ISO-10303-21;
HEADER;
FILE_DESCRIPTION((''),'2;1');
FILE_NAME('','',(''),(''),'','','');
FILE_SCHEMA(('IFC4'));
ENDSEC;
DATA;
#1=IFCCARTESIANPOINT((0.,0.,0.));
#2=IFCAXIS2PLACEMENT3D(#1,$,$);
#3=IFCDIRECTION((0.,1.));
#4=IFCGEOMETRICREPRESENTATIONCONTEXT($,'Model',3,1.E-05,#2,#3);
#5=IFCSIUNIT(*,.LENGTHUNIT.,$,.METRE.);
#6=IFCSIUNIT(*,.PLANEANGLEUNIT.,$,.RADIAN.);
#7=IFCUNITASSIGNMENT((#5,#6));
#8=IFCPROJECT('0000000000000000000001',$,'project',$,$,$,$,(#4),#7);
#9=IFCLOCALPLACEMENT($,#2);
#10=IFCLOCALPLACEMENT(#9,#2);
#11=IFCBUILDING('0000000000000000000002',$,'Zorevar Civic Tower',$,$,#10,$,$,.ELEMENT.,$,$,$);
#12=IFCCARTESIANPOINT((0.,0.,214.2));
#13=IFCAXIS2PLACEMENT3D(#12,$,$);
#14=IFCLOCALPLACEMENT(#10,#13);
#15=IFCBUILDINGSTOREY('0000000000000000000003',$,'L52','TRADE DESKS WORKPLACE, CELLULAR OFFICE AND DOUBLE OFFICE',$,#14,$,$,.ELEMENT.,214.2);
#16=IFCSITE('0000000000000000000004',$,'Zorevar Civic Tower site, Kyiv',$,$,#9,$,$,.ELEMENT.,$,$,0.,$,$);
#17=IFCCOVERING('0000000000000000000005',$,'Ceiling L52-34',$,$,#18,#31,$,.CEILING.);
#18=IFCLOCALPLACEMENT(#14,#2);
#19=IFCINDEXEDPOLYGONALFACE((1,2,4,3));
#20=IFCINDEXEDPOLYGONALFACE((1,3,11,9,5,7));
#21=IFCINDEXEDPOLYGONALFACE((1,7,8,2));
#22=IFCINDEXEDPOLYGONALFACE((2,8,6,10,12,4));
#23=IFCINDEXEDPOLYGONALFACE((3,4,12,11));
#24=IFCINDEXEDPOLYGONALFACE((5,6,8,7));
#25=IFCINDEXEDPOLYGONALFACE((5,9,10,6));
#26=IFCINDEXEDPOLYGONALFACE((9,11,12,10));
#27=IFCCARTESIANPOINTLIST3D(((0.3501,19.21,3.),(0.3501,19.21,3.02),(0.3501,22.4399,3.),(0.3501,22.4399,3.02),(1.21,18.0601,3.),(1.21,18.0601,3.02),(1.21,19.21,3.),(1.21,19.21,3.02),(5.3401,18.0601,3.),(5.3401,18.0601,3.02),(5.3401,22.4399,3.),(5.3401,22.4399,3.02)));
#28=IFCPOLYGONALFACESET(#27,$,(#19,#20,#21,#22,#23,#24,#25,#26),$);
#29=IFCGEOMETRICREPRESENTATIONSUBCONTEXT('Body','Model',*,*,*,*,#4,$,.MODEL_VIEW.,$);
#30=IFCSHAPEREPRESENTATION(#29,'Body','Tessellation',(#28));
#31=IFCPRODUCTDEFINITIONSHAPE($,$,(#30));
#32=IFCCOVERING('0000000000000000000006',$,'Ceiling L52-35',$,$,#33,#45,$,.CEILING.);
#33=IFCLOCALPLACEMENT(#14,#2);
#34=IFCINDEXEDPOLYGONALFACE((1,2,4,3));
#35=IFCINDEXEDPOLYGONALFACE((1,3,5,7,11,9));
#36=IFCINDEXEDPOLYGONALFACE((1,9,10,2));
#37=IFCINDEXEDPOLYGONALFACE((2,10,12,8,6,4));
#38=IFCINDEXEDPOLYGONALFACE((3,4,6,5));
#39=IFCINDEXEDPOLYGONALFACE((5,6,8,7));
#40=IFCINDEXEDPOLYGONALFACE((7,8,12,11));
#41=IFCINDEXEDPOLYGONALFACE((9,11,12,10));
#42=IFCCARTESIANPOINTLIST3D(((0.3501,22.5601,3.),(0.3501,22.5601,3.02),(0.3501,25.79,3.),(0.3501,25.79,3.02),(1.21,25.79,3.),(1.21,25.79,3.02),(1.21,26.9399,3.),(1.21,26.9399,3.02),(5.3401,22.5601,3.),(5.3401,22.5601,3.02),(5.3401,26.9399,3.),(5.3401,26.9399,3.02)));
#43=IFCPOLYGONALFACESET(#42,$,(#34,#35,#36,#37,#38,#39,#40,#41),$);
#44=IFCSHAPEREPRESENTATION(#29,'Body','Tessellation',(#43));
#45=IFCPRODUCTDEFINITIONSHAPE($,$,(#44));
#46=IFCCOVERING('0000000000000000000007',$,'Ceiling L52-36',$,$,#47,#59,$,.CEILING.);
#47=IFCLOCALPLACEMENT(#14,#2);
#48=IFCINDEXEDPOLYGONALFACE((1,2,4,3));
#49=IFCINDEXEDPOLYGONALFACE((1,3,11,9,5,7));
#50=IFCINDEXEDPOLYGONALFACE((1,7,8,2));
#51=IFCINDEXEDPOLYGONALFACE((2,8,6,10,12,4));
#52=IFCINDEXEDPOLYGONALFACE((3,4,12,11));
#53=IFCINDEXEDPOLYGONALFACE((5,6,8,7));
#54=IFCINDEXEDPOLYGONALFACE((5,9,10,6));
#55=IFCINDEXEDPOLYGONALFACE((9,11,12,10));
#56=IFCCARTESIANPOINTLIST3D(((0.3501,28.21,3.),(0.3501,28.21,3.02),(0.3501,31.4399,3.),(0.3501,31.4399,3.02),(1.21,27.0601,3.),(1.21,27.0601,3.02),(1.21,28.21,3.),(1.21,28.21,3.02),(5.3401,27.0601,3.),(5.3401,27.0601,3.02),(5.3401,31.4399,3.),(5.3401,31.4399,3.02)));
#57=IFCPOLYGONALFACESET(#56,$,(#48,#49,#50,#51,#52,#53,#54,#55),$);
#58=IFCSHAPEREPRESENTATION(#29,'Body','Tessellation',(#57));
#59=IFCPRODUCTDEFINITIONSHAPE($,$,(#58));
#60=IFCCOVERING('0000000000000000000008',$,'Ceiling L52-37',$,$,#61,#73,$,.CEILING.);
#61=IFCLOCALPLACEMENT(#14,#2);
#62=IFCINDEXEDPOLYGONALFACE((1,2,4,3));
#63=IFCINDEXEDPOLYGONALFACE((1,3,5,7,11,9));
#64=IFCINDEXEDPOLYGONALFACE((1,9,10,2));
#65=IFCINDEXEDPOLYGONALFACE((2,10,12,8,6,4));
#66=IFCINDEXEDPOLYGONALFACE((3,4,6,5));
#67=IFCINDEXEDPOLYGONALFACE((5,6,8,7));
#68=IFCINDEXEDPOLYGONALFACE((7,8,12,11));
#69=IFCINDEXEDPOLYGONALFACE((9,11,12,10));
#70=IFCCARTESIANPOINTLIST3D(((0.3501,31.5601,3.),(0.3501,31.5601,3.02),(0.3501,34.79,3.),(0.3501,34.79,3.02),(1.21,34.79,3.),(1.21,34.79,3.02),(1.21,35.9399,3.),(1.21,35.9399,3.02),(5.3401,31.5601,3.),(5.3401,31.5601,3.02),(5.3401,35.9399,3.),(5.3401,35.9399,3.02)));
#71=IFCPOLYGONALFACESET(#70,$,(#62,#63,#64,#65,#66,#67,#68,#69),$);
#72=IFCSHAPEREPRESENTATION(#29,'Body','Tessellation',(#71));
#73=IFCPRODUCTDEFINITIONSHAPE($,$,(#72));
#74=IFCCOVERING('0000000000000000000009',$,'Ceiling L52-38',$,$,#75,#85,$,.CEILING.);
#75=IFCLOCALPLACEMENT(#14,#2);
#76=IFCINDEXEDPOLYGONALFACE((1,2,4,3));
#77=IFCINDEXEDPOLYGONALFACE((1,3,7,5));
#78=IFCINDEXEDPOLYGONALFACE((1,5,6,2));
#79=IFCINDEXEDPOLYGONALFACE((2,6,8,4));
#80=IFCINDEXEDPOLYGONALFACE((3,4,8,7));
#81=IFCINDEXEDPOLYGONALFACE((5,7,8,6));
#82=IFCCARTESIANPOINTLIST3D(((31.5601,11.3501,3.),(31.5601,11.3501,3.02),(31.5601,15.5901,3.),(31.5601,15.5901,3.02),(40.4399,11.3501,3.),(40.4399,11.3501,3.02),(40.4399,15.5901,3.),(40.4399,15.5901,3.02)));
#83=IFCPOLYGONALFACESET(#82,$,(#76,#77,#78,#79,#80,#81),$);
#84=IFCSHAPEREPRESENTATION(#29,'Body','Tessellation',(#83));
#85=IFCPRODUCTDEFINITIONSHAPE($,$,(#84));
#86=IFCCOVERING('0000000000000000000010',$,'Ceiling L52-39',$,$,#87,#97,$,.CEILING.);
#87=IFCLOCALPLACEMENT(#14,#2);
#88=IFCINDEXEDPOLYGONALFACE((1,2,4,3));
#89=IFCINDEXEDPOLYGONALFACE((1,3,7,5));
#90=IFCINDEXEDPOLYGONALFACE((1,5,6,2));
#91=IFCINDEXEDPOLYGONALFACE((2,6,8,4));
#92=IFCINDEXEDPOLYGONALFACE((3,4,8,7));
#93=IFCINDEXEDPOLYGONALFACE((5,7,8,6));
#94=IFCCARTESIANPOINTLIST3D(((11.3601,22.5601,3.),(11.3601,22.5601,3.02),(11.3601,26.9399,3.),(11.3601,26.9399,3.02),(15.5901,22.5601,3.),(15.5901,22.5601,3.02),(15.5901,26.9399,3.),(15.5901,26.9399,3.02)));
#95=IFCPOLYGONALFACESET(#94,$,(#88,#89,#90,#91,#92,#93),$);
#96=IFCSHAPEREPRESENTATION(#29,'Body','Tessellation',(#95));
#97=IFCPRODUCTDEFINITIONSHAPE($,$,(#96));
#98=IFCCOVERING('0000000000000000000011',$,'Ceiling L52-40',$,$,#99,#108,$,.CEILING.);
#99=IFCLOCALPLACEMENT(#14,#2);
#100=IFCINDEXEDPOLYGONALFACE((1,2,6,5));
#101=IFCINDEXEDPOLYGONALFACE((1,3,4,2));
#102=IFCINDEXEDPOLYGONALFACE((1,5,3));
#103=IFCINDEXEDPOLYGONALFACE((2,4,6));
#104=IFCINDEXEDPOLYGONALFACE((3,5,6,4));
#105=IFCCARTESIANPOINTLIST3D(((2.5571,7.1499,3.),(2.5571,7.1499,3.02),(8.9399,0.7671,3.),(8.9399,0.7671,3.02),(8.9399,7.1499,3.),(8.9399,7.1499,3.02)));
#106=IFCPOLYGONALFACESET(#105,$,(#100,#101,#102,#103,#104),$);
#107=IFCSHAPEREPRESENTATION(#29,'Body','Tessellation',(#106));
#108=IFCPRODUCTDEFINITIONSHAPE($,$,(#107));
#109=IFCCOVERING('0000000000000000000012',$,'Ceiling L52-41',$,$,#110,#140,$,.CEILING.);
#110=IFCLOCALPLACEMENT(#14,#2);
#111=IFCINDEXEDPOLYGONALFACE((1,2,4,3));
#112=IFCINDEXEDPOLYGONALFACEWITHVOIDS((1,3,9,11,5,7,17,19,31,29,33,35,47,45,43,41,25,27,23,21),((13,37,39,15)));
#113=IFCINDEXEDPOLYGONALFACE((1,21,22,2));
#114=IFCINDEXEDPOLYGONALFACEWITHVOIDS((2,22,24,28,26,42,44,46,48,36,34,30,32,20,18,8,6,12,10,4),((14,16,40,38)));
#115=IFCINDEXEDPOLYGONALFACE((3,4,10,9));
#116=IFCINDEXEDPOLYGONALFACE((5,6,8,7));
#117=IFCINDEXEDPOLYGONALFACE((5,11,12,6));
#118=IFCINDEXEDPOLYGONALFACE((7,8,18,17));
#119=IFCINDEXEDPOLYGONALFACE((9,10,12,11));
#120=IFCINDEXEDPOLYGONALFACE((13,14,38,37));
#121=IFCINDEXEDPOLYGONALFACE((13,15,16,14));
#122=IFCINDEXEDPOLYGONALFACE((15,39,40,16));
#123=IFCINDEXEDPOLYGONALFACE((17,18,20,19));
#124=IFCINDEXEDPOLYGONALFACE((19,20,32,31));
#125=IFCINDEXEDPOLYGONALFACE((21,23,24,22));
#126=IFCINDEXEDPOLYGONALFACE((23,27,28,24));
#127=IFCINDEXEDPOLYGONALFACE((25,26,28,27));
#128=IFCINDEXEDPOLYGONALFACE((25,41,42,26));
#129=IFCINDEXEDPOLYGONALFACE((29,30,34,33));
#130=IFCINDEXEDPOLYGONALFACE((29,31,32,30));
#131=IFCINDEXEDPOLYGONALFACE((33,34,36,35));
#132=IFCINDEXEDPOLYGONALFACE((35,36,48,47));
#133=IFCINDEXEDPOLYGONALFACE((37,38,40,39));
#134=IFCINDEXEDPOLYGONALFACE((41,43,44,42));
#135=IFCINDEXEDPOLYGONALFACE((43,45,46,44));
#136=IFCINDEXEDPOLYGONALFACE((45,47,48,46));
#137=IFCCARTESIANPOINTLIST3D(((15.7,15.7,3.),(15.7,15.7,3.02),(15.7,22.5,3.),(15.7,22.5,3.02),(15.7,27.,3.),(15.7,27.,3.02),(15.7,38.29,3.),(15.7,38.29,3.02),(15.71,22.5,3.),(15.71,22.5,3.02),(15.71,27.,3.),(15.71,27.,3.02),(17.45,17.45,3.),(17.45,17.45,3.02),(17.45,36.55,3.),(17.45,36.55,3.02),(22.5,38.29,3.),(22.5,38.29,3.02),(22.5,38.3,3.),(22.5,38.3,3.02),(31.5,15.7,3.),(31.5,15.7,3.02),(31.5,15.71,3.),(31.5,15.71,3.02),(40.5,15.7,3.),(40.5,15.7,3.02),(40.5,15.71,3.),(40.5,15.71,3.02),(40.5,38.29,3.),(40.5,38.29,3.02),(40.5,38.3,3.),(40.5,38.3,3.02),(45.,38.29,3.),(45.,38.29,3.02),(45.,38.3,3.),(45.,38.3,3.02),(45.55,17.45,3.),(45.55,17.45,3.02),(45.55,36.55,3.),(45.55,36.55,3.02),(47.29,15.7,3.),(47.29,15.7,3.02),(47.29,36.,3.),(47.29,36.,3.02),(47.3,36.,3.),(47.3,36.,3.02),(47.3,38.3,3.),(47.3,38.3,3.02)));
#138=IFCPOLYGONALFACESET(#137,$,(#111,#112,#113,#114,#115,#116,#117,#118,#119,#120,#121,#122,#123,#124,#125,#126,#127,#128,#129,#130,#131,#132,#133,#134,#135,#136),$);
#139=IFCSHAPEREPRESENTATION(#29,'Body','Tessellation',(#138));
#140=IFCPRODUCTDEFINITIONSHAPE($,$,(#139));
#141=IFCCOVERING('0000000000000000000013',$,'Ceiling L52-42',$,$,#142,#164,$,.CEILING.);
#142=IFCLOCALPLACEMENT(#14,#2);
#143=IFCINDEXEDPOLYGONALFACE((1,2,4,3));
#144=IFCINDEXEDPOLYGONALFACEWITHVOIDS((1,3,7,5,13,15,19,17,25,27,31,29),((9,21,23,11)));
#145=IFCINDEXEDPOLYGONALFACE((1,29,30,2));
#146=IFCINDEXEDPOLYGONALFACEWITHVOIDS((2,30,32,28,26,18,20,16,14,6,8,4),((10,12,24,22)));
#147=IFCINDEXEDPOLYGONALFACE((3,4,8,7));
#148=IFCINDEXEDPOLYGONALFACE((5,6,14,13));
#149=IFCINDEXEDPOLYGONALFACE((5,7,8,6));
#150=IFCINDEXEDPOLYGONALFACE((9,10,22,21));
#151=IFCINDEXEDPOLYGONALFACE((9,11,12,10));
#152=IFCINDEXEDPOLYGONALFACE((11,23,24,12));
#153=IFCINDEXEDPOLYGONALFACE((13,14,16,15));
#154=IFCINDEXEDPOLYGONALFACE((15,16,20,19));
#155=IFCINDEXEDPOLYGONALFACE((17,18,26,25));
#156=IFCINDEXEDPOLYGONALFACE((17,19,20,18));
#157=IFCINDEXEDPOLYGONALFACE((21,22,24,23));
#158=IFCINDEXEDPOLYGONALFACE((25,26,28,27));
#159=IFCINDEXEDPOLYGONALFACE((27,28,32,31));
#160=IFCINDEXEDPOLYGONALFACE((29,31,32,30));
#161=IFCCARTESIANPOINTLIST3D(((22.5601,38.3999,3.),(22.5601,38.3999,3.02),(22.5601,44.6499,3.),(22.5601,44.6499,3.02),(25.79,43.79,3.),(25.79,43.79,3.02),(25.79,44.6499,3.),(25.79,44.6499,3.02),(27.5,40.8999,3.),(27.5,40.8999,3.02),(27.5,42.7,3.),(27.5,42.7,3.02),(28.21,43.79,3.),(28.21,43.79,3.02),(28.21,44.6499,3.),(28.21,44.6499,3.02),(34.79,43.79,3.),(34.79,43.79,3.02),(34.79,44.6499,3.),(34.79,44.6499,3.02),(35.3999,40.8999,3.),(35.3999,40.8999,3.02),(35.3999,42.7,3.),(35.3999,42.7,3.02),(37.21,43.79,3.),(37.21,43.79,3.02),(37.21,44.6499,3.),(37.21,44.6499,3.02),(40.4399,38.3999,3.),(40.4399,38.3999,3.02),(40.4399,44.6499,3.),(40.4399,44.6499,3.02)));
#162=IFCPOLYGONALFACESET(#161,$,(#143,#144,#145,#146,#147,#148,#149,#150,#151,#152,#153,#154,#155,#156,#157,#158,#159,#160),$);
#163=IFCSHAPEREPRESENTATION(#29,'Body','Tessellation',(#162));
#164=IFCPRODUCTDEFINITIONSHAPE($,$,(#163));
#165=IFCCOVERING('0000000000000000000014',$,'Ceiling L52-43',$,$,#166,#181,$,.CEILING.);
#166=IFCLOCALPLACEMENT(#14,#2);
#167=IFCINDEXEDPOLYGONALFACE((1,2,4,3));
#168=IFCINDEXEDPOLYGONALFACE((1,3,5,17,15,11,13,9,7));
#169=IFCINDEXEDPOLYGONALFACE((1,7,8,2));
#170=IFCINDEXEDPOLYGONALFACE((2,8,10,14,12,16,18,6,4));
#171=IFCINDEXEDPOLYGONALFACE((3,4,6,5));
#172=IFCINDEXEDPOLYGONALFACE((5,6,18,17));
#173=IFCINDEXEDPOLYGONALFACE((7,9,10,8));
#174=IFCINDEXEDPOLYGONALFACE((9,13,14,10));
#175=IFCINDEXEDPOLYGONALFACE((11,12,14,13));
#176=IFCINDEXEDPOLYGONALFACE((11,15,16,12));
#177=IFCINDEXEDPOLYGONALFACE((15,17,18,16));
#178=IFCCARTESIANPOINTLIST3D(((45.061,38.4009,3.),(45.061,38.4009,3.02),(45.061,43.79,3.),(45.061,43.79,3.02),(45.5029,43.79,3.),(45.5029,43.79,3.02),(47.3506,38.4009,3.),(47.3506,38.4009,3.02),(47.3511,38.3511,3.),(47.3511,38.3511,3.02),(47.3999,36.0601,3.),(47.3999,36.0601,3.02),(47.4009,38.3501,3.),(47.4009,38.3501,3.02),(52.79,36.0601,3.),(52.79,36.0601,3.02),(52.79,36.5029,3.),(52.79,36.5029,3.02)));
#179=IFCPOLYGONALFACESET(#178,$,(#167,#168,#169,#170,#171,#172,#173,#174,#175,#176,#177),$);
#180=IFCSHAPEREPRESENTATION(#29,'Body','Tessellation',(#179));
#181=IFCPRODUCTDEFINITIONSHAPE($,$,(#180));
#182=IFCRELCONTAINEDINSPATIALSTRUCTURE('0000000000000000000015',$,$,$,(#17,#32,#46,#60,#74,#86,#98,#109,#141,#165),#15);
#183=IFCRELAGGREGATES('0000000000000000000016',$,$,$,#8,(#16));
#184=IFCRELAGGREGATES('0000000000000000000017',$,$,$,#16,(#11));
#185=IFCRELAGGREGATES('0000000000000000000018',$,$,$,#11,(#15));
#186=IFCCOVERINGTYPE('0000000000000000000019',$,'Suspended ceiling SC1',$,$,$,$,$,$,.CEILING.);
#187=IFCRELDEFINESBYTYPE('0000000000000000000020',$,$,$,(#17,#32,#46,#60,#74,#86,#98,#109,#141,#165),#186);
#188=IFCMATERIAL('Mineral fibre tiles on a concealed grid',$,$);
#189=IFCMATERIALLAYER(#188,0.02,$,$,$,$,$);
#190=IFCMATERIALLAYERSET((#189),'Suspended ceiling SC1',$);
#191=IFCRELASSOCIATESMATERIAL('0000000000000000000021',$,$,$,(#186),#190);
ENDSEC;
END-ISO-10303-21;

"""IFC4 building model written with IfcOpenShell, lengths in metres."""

from ifc_helpers import new_model, si_unit, direction, frame, origin, place, context, subcontext, project, spatial, polyline, outline, extrude, material, layer, layer_set, type_object, element, save


model = new_model("IFC4")

# Units and contexts
model_context = context("Model", 3, precision=1e-05, world=origin(), true_north=direction((0.0, 1.0)))
body_context = subcontext(model_context, "Body", "Model", "MODEL_VIEW")
ifc_project = project(units=[si_unit("LENGTHUNIT", "METRE"), si_unit("PLANEANGLEUNIT", "RADIAN")], contexts=[model_context])

# Site, building, storey
site_placement = place(None, origin())
site = spatial("IfcSite", under=ifc_project, at=site_placement, Name="Zorevar Civic Tower site, Kyiv", CompositionType="ELEMENT", RefElevation=0.0)
building_placement = place(site_placement, origin())
building = spatial("IfcBuilding", under=site, at=building_placement, Name="Zorevar Civic Tower", CompositionType="ELEMENT")
storey_placement = place(building_placement, frame((0.0, 0.0, 214.2)))
storey = spatial("IfcBuildingStorey", under=building, at=storey_placement, Name="L52", Description="TRADE DESKS WORKPLACE, CELLULAR OFFICE AND DOUBLE OFFICE", CompositionType="ELEMENT", Elevation=214.2)

# Coverings
ifc_material_1 = material(Name="Mineral fibre tiles on a concealed grid")
ifc_layer_1 = layer(ifc_material_1, 0.02)
ifc_layer_set_1 = layer_set([ifc_layer_1], Name="Suspended ceiling SC1")
covering_type_1 = type_object("IfcCoveringType", Name="Suspended ceiling SC1", PredefinedType="CEILING", material=ifc_layer_set_1)
covering_1_placement = place(storey_placement, frame((0.0, 0.0, 3.0)))
element("IfcCovering", 1, at=covering_1_placement, inside=storey, type_object=covering_type_1, Name="Ceiling L52-34", PredefinedType="CEILING", context=body_context, shape_type="SweptSolid", body=[
    extrude(outline(polyline([(5.3401, 18.0601), (1.21, 18.0601), (1.21, 19.21), (0.3501, 19.21), (0.3501, 22.4399), (5.3401, 22.4399), (5.3401, 18.0601)])), origin(), (0.0, 0.0, 1.0), 0.02),
])
covering_2_placement = place(storey_placement, frame((0.0, 0.0, 3.0)))
element("IfcCovering", 2, at=covering_2_placement, inside=storey, type_object=covering_type_1, Name="Ceiling L52-35", PredefinedType="CEILING", context=body_context, shape_type="SweptSolid", body=[
    extrude(outline(polyline([(5.3401, 22.5601), (0.3501, 22.5601), (0.3501, 25.79), (1.21, 25.79), (1.21, 26.9399), (5.3401, 26.9399), (5.3401, 22.5601)])), origin(), (0.0, 0.0, 1.0), 0.02),
])
covering_3_placement = place(storey_placement, frame((0.0, 0.0, 3.0)))
element("IfcCovering", 3, at=covering_3_placement, inside=storey, type_object=covering_type_1, Name="Ceiling L52-36", PredefinedType="CEILING", context=body_context, shape_type="SweptSolid", body=[
    extrude(outline(polyline([(5.3401, 27.0601), (1.21, 27.0601), (1.21, 28.21), (0.3501, 28.21), (0.3501, 31.4399), (5.3401, 31.4399), (5.3401, 27.0601)])), origin(), (0.0, 0.0, 1.0), 0.02),
])
covering_4_placement = place(storey_placement, frame((0.0, 0.0, 3.0)))
element("IfcCovering", 4, at=covering_4_placement, inside=storey, type_object=covering_type_1, Name="Ceiling L52-37", PredefinedType="CEILING", context=body_context, shape_type="SweptSolid", body=[
    extrude(outline(polyline([(5.3401, 31.5601), (0.3501, 31.5601), (0.3501, 34.79), (1.21, 34.79), (1.21, 35.9399), (5.3401, 35.9399), (5.3401, 31.5601)])), origin(), (0.0, 0.0, 1.0), 0.02),
])
covering_5_placement = place(storey_placement, frame((0.0, 0.0, 3.0)))
element("IfcCovering", 5, at=covering_5_placement, inside=storey, type_object=covering_type_1, Name="Ceiling L52-38", PredefinedType="CEILING", context=body_context, shape_type="SweptSolid", body=[
    extrude(outline(polyline([(31.5601, 15.5901), (40.4399, 15.5901), (40.4399, 11.3501), (31.5601, 11.3501), (31.5601, 15.5901)])), origin(), (0.0, 0.0, 1.0), 0.02),
])
covering_6_placement = place(storey_placement, frame((0.0, 0.0, 3.0)))
element("IfcCovering", 6, at=covering_6_placement, inside=storey, type_object=covering_type_1, Name="Ceiling L52-39", PredefinedType="CEILING", context=body_context, shape_type="SweptSolid", body=[
    extrude(outline(polyline([(11.3601, 26.9399), (15.5901, 26.9399), (15.5901, 22.5601), (11.3601, 22.5601), (11.3601, 26.9399)])), origin(), (0.0, 0.0, 1.0), 0.02),
])
covering_7_placement = place(storey_placement, frame((0.0, 0.0, 3.0)))
element("IfcCovering", 7, at=covering_7_placement, inside=storey, type_object=covering_type_1, Name="Ceiling L52-40", PredefinedType="CEILING", context=body_context, shape_type="SweptSolid", body=[
    extrude(outline(polyline([(8.9399, 7.1499), (8.9399, 0.7671), (2.5571, 7.1499), (8.9399, 7.1499)])), origin(), (0.0, 0.0, 1.0), 0.02),
])
covering_8_placement = place(storey_placement, frame((0.0, 0.0, 3.0)))
element("IfcCovering", 8, at=covering_8_placement, inside=storey, type_object=covering_type_1, Name="Ceiling L52-41", PredefinedType="CEILING", context=body_context, shape_type="SweptSolid", body=[
    extrude(outline(polyline([(22.5, 38.3), (40.5, 38.3), (40.5, 38.29), (45.0, 38.29), (45.0, 38.3), (47.3, 38.3), (47.3, 36.0), (47.29, 36.0), (47.29, 15.7), (40.5, 15.7), (40.5, 15.71), (31.5, 15.71), (31.5, 15.7), (15.7, 15.7), (15.7, 22.5), (15.71, 22.5), (15.71, 27.0), (15.7, 27.0), (15.7, 38.29), (22.5, 38.29), (22.5, 38.3)]), holes=[polyline([(45.55, 17.45), (45.55, 36.55), (17.45, 36.55), (17.45, 17.45), (45.55, 17.45)])]), origin(), (0.0, 0.0, 1.0), 0.02),
])
covering_9_placement = place(storey_placement, frame((0.0, 0.0, 3.0)))
element("IfcCovering", 9, at=covering_9_placement, inside=storey, type_object=covering_type_1, Name="Ceiling L52-42", PredefinedType="CEILING", context=body_context, shape_type="SweptSolid", body=[
    extrude(outline(polyline([(28.21, 43.79), (28.21, 44.6499), (34.79, 44.6499), (34.79, 43.79), (37.21, 43.79), (37.21, 44.6499), (40.4399, 44.6499), (40.4399, 38.3999), (22.5601, 38.3999), (22.5601, 44.6499), (25.79, 44.6499), (25.79, 43.79), (28.21, 43.79)]), holes=[polyline([(35.3999, 42.7), (27.5, 42.7), (27.5, 40.8999), (35.3999, 40.8999), (35.3999, 42.7)])]), origin(), (0.0, 0.0, 1.0), 0.02),
])
covering_10_placement = place(storey_placement, frame((0.0, 0.0, 3.0)))
element("IfcCovering", 10, at=covering_10_placement, inside=storey, type_object=covering_type_1, Name="Ceiling L52-43", PredefinedType="CEILING", context=body_context, shape_type="SweptSolid", body=[
    extrude(outline(polyline([(47.3506, 38.4009), (45.061, 38.4009), (45.061, 43.79), (45.5029, 43.79), (52.79, 36.5029), (52.79, 36.0601), (47.3999, 36.0601), (47.4009, 38.3501), (47.3511, 38.3511), (47.3506, 38.4009)])), origin(), (0.0, 0.0, 1.0), 0.02),
])

save(model, "model.ifc")
